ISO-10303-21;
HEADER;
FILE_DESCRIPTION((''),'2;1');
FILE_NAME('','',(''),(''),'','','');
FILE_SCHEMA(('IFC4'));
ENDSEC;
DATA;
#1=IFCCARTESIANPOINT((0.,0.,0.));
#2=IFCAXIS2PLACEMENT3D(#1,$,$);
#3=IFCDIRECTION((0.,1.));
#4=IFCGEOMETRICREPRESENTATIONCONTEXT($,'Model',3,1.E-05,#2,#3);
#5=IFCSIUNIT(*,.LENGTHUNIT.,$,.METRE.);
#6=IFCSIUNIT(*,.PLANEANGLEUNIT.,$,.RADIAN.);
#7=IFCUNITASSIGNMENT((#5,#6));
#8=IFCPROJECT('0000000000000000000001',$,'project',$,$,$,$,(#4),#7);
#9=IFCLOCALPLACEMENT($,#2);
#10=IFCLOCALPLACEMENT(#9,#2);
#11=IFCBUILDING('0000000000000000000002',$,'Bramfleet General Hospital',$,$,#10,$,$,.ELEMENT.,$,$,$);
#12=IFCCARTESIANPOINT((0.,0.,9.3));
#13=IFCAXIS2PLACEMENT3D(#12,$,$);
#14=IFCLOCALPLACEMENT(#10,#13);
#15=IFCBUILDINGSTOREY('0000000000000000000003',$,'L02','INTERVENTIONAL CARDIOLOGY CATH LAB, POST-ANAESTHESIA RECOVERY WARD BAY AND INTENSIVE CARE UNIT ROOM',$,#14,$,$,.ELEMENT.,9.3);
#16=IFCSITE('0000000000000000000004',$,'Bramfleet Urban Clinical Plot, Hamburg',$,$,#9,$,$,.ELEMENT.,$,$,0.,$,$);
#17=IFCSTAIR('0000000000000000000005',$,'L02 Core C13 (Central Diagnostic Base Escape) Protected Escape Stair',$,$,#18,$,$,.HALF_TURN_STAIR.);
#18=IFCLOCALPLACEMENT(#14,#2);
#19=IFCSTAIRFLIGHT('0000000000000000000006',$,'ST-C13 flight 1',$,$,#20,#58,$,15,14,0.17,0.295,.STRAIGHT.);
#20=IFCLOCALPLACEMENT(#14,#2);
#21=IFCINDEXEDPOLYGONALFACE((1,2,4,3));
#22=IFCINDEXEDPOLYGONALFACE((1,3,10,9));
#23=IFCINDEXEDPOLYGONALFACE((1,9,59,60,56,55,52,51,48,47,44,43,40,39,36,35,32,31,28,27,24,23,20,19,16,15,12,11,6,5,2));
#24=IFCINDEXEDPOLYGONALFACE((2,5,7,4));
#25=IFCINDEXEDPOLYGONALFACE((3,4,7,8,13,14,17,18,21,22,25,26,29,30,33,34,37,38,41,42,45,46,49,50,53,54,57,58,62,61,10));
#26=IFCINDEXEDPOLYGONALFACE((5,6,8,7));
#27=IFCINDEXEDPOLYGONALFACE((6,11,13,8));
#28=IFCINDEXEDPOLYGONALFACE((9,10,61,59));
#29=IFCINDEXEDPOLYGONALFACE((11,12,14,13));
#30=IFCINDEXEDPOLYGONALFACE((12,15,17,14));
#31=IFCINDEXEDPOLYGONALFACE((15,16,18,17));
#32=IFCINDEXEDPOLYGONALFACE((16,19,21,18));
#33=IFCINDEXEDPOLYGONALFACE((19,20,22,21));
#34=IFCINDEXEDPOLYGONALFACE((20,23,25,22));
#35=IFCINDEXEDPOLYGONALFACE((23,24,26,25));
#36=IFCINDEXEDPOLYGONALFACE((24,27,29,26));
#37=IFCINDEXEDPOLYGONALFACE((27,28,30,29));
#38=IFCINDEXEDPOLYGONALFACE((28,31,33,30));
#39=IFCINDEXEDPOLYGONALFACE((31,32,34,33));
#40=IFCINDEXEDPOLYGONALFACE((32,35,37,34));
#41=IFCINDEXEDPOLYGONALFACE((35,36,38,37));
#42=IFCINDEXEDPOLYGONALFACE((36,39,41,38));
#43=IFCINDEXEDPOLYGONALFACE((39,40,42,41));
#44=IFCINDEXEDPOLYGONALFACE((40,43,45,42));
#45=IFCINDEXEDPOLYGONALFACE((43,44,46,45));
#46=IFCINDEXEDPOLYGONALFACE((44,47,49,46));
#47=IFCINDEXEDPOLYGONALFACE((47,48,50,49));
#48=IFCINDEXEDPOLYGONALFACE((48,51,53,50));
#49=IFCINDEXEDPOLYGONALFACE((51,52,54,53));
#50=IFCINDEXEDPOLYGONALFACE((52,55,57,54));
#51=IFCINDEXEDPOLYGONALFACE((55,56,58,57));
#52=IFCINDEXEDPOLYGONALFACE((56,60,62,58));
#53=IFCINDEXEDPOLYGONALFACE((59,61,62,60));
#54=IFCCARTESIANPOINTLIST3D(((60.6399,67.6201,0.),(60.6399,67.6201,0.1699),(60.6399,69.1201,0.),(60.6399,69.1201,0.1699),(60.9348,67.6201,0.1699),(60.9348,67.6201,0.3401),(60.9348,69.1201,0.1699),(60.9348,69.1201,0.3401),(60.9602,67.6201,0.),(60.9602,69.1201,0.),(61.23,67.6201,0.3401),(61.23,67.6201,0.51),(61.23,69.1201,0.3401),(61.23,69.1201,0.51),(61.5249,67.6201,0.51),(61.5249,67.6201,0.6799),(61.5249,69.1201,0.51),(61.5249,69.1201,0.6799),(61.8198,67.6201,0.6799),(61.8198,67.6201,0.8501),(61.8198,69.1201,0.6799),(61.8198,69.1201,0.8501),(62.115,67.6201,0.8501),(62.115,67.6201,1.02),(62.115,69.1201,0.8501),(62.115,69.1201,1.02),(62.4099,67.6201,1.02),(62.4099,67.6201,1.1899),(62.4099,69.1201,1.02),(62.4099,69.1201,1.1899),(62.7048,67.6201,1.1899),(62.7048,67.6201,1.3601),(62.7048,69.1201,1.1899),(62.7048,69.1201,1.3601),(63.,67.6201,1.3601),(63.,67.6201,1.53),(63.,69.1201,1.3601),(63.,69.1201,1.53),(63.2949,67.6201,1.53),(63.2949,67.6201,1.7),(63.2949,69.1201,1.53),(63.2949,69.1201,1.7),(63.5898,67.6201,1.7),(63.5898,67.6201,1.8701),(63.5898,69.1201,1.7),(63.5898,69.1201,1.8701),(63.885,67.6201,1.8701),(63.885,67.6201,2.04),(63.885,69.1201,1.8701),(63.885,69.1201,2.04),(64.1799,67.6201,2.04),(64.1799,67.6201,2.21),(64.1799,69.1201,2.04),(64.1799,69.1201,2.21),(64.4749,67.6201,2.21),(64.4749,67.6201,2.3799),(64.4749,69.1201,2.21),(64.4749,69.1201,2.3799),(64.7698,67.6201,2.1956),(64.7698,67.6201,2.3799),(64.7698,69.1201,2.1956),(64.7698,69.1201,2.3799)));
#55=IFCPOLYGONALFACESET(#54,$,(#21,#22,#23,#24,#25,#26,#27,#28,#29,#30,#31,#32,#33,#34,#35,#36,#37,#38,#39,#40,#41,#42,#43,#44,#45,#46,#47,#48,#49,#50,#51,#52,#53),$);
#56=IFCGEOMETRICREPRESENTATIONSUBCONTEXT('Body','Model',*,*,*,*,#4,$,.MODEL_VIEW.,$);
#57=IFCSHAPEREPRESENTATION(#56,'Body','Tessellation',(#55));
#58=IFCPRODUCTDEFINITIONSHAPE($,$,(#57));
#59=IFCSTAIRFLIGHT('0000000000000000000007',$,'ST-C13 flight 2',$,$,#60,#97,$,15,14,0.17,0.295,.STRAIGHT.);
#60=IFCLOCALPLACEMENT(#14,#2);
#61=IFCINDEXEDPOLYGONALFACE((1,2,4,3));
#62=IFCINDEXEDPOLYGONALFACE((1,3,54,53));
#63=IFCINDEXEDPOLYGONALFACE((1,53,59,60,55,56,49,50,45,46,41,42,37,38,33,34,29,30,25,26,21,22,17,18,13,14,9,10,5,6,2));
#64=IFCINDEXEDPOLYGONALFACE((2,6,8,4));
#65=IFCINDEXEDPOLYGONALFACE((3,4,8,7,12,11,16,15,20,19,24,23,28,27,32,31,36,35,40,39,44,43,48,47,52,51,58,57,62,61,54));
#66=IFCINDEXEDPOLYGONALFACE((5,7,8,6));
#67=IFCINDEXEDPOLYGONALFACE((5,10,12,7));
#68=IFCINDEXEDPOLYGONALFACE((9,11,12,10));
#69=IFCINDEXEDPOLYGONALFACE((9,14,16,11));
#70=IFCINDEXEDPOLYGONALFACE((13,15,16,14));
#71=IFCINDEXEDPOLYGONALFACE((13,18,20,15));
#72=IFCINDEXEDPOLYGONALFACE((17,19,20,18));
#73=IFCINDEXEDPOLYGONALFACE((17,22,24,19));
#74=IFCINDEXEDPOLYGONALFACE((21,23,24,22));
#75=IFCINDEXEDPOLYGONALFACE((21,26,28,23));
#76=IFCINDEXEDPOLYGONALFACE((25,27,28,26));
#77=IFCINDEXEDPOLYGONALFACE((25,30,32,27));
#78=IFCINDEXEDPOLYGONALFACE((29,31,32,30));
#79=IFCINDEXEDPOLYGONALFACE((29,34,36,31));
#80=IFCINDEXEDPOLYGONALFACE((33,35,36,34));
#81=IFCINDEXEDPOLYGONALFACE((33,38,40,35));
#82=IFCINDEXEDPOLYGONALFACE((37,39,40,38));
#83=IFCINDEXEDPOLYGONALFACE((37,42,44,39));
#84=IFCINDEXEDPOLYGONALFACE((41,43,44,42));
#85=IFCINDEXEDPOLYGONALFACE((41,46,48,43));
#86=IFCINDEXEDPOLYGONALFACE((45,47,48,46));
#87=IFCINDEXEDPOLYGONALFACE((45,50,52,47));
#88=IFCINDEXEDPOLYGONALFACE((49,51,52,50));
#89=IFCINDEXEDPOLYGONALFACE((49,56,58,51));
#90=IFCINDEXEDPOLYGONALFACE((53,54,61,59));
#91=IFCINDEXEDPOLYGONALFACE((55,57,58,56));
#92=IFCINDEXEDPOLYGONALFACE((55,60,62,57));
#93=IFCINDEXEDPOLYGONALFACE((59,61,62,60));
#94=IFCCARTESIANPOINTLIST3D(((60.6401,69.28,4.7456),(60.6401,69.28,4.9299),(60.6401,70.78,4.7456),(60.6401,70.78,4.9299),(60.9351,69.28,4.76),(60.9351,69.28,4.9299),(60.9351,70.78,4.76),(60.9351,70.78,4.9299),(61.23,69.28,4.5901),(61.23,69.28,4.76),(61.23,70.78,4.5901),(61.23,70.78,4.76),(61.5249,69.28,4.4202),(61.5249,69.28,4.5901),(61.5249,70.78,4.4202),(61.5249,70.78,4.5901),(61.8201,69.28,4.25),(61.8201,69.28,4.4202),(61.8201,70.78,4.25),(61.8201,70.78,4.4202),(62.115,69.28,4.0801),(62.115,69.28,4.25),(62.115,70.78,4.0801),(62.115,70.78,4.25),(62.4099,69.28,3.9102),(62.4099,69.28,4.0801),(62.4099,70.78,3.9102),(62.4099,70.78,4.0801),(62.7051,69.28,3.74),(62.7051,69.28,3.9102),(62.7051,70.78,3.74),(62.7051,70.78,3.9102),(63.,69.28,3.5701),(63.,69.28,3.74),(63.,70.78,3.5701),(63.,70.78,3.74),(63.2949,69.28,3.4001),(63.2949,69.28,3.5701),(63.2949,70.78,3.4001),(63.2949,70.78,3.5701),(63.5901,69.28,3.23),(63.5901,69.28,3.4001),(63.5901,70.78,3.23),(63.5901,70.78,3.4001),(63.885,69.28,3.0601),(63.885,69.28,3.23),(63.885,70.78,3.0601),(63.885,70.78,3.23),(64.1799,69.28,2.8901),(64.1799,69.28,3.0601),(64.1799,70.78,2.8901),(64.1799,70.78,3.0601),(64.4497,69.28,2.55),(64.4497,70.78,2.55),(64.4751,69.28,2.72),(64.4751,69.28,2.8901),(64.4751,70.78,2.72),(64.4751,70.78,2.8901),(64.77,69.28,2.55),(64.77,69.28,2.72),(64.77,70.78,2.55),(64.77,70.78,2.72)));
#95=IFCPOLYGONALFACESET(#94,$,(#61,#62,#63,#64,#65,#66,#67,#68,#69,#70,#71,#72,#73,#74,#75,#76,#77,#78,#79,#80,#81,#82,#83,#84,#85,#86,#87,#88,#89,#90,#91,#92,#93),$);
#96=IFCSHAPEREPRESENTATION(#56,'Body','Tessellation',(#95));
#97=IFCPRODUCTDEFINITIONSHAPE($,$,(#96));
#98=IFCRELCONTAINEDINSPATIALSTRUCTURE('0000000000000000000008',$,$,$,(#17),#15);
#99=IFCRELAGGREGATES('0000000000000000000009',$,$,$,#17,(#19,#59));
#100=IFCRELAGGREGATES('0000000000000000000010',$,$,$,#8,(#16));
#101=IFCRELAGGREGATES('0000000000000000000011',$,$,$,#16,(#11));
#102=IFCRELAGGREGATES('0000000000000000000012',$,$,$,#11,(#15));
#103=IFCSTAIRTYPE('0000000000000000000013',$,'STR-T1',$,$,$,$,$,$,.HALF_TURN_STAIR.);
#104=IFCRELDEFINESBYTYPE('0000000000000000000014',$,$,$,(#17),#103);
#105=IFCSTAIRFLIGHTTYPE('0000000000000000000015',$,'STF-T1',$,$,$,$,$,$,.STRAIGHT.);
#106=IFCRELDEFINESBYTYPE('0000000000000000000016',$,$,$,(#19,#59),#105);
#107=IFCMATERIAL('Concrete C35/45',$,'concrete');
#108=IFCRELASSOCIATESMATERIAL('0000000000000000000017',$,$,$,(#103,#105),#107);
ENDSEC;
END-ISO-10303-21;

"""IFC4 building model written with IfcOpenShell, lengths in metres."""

from ifc_helpers import new_model, si_unit, direction, frame, origin, place, context, subcontext, project, spatial, polyline, outline, extrude, material, type_object, element, aggregate, save


model = new_model("IFC4")

# Units and contexts
model_context = context("Model", 3, precision=1e-05, world=origin(), true_north=direction((0.0, 1.0)))
body_context = subcontext(model_context, "Body", "Model", "MODEL_VIEW")
ifc_project = project(units=[si_unit("LENGTHUNIT", "METRE"), si_unit("PLANEANGLEUNIT", "RADIAN")], contexts=[model_context])

# Site, building, storey
site_placement = place(None, origin())
site = spatial("IfcSite", under=ifc_project, at=site_placement, Name="Bramfleet Urban Clinical Plot, Hamburg", CompositionType="ELEMENT", RefElevation=0.0)
building_placement = place(site_placement, origin())
building = spatial("IfcBuilding", under=site, at=building_placement, Name="Bramfleet General Hospital", CompositionType="ELEMENT")
storey_placement = place(building_placement, frame((0.0, 0.0, 9.3)))
storey = spatial("IfcBuildingStorey", under=building, at=storey_placement, Name="L02", Description="INTERVENTIONAL CARDIOLOGY CATH LAB, POST-ANAESTHESIA RECOVERY WARD BAY AND INTENSIVE CARE UNIT ROOM", CompositionType="ELEMENT", Elevation=9.3)

# Shared definitions
ifc_material_1 = material(Name="Concrete C35/45", Category="concrete")

# Stair, stair flights
stair_type = type_object("IfcStairType", Name="STR-T1", PredefinedType="HALF_TURN_STAIR", material=ifc_material_1)
stair_placement = place(storey_placement, origin())
stair = element("IfcStair", 1, at=stair_placement, inside=storey, type_object=stair_type, Name="L02 Core C13 (Central Diagnostic Base Escape) Protected Escape Stair", PredefinedType="HALF_TURN_STAIR")
stair_flight_type = type_object("IfcStairFlightType", Name="STF-T1", PredefinedType="STRAIGHT", material=ifc_material_1)
stair_flight_1_placement = place(storey_placement, frame((60.6399, 68.3701, 0.0), z_axis=(0.0, 0.0, 1.0), x_axis=(1.0, 0.0, 0.0)))
stair_flight_1 = element("IfcStairFlight", 2, at=stair_flight_1_placement, type_object=stair_flight_type, Name="ST-C13 flight 1", NumberOfRisers=15, NumberOfTreads=14, PredefinedType="STRAIGHT", RiserHeight=0.17, TreadLength=0.295, context=body_context, shape_type="SweptSolid", body=[
    extrude(outline(polyline([(0.0, 0.0), (0.0, 0.1699), (0.2949, 0.1699), (0.2949, 0.3401), (0.5901, 0.3401), (0.5901, 0.51), (0.885, 0.51), (0.885, 0.6799), (1.1799, 0.6799), (1.1799, 0.8501), (1.4751, 0.8501), (1.4751, 1.02), (1.77, 1.02), (1.77, 1.1899), (2.0649, 1.1899), (2.0649, 1.3601), (2.3601, 1.3601), (2.3601, 1.53), (2.655, 1.53), (2.655, 1.7), (2.95, 1.7), (2.95, 1.8701), (3.2451, 1.8701), (3.2451, 2.04), (3.54, 2.04), (3.54, 2.21), (3.835, 2.21), (3.835, 2.3799), (4.1299, 2.3799), (4.1299, 2.55), (4.1299, 2.1956), (0.3203, 0.0), (0.0, 0.0)])), frame((0.0, 0.75, 0.0), z_axis=(0.0, -1.0, 0.0), x_axis=(1.0, 0.0, 0.0)), (0.0, 0.0, 1.0), 1.5),
])
stair_flight_2_placement = place(storey_placement, frame((64.77, 70.03, 2.55), z_axis=(0.0, 0.0, 1.0), x_axis=(-1.0, 0.0, 0.0)))
stair_flight_2 = element("IfcStairFlight", 3, at=stair_flight_2_placement, type_object=stair_flight_type, Name="ST-C13 flight 2", NumberOfRisers=15, NumberOfTreads=14, PredefinedType="STRAIGHT", RiserHeight=0.17, TreadLength=0.295, context=body_context, shape_type="SweptSolid", body=[
    extrude(outline(polyline([(0.0, 0.0), (0.0, 0.1699), (0.2949, 0.1699), (0.2949, 0.3401), (0.5901, 0.3401), (0.5901, 0.51), (0.885, 0.51), (0.885, 0.6799), (1.1799, 0.6799), (1.1799, 0.8501), (1.4751, 0.8501), (1.4751, 1.02), (1.77, 1.02), (1.77, 1.1899), (2.0649, 1.1899), (2.0649, 1.3601), (2.3601, 1.3601), (2.3601, 1.53), (2.655, 1.53), (2.655, 1.7), (2.95, 1.7), (2.95, 1.8701), (3.2451, 1.8701), (3.2451, 2.04), (3.54, 2.04), (3.54, 2.21), (3.835, 2.21), (3.835, 2.3799), (4.1299, 2.3799), (4.1299, 2.55), (4.1299, 2.1956), (0.3203, 0.0), (0.0, 0.0)])), frame((0.0, 0.75, 0.0), z_axis=(0.0, -1.0, 0.0), x_axis=(1.0, 0.0, 0.0)), (0.0, 0.0, 1.0), 1.5),
])
aggregate(stair, [stair_flight_1, stair_flight_2])

save(model, "model.ifc")
